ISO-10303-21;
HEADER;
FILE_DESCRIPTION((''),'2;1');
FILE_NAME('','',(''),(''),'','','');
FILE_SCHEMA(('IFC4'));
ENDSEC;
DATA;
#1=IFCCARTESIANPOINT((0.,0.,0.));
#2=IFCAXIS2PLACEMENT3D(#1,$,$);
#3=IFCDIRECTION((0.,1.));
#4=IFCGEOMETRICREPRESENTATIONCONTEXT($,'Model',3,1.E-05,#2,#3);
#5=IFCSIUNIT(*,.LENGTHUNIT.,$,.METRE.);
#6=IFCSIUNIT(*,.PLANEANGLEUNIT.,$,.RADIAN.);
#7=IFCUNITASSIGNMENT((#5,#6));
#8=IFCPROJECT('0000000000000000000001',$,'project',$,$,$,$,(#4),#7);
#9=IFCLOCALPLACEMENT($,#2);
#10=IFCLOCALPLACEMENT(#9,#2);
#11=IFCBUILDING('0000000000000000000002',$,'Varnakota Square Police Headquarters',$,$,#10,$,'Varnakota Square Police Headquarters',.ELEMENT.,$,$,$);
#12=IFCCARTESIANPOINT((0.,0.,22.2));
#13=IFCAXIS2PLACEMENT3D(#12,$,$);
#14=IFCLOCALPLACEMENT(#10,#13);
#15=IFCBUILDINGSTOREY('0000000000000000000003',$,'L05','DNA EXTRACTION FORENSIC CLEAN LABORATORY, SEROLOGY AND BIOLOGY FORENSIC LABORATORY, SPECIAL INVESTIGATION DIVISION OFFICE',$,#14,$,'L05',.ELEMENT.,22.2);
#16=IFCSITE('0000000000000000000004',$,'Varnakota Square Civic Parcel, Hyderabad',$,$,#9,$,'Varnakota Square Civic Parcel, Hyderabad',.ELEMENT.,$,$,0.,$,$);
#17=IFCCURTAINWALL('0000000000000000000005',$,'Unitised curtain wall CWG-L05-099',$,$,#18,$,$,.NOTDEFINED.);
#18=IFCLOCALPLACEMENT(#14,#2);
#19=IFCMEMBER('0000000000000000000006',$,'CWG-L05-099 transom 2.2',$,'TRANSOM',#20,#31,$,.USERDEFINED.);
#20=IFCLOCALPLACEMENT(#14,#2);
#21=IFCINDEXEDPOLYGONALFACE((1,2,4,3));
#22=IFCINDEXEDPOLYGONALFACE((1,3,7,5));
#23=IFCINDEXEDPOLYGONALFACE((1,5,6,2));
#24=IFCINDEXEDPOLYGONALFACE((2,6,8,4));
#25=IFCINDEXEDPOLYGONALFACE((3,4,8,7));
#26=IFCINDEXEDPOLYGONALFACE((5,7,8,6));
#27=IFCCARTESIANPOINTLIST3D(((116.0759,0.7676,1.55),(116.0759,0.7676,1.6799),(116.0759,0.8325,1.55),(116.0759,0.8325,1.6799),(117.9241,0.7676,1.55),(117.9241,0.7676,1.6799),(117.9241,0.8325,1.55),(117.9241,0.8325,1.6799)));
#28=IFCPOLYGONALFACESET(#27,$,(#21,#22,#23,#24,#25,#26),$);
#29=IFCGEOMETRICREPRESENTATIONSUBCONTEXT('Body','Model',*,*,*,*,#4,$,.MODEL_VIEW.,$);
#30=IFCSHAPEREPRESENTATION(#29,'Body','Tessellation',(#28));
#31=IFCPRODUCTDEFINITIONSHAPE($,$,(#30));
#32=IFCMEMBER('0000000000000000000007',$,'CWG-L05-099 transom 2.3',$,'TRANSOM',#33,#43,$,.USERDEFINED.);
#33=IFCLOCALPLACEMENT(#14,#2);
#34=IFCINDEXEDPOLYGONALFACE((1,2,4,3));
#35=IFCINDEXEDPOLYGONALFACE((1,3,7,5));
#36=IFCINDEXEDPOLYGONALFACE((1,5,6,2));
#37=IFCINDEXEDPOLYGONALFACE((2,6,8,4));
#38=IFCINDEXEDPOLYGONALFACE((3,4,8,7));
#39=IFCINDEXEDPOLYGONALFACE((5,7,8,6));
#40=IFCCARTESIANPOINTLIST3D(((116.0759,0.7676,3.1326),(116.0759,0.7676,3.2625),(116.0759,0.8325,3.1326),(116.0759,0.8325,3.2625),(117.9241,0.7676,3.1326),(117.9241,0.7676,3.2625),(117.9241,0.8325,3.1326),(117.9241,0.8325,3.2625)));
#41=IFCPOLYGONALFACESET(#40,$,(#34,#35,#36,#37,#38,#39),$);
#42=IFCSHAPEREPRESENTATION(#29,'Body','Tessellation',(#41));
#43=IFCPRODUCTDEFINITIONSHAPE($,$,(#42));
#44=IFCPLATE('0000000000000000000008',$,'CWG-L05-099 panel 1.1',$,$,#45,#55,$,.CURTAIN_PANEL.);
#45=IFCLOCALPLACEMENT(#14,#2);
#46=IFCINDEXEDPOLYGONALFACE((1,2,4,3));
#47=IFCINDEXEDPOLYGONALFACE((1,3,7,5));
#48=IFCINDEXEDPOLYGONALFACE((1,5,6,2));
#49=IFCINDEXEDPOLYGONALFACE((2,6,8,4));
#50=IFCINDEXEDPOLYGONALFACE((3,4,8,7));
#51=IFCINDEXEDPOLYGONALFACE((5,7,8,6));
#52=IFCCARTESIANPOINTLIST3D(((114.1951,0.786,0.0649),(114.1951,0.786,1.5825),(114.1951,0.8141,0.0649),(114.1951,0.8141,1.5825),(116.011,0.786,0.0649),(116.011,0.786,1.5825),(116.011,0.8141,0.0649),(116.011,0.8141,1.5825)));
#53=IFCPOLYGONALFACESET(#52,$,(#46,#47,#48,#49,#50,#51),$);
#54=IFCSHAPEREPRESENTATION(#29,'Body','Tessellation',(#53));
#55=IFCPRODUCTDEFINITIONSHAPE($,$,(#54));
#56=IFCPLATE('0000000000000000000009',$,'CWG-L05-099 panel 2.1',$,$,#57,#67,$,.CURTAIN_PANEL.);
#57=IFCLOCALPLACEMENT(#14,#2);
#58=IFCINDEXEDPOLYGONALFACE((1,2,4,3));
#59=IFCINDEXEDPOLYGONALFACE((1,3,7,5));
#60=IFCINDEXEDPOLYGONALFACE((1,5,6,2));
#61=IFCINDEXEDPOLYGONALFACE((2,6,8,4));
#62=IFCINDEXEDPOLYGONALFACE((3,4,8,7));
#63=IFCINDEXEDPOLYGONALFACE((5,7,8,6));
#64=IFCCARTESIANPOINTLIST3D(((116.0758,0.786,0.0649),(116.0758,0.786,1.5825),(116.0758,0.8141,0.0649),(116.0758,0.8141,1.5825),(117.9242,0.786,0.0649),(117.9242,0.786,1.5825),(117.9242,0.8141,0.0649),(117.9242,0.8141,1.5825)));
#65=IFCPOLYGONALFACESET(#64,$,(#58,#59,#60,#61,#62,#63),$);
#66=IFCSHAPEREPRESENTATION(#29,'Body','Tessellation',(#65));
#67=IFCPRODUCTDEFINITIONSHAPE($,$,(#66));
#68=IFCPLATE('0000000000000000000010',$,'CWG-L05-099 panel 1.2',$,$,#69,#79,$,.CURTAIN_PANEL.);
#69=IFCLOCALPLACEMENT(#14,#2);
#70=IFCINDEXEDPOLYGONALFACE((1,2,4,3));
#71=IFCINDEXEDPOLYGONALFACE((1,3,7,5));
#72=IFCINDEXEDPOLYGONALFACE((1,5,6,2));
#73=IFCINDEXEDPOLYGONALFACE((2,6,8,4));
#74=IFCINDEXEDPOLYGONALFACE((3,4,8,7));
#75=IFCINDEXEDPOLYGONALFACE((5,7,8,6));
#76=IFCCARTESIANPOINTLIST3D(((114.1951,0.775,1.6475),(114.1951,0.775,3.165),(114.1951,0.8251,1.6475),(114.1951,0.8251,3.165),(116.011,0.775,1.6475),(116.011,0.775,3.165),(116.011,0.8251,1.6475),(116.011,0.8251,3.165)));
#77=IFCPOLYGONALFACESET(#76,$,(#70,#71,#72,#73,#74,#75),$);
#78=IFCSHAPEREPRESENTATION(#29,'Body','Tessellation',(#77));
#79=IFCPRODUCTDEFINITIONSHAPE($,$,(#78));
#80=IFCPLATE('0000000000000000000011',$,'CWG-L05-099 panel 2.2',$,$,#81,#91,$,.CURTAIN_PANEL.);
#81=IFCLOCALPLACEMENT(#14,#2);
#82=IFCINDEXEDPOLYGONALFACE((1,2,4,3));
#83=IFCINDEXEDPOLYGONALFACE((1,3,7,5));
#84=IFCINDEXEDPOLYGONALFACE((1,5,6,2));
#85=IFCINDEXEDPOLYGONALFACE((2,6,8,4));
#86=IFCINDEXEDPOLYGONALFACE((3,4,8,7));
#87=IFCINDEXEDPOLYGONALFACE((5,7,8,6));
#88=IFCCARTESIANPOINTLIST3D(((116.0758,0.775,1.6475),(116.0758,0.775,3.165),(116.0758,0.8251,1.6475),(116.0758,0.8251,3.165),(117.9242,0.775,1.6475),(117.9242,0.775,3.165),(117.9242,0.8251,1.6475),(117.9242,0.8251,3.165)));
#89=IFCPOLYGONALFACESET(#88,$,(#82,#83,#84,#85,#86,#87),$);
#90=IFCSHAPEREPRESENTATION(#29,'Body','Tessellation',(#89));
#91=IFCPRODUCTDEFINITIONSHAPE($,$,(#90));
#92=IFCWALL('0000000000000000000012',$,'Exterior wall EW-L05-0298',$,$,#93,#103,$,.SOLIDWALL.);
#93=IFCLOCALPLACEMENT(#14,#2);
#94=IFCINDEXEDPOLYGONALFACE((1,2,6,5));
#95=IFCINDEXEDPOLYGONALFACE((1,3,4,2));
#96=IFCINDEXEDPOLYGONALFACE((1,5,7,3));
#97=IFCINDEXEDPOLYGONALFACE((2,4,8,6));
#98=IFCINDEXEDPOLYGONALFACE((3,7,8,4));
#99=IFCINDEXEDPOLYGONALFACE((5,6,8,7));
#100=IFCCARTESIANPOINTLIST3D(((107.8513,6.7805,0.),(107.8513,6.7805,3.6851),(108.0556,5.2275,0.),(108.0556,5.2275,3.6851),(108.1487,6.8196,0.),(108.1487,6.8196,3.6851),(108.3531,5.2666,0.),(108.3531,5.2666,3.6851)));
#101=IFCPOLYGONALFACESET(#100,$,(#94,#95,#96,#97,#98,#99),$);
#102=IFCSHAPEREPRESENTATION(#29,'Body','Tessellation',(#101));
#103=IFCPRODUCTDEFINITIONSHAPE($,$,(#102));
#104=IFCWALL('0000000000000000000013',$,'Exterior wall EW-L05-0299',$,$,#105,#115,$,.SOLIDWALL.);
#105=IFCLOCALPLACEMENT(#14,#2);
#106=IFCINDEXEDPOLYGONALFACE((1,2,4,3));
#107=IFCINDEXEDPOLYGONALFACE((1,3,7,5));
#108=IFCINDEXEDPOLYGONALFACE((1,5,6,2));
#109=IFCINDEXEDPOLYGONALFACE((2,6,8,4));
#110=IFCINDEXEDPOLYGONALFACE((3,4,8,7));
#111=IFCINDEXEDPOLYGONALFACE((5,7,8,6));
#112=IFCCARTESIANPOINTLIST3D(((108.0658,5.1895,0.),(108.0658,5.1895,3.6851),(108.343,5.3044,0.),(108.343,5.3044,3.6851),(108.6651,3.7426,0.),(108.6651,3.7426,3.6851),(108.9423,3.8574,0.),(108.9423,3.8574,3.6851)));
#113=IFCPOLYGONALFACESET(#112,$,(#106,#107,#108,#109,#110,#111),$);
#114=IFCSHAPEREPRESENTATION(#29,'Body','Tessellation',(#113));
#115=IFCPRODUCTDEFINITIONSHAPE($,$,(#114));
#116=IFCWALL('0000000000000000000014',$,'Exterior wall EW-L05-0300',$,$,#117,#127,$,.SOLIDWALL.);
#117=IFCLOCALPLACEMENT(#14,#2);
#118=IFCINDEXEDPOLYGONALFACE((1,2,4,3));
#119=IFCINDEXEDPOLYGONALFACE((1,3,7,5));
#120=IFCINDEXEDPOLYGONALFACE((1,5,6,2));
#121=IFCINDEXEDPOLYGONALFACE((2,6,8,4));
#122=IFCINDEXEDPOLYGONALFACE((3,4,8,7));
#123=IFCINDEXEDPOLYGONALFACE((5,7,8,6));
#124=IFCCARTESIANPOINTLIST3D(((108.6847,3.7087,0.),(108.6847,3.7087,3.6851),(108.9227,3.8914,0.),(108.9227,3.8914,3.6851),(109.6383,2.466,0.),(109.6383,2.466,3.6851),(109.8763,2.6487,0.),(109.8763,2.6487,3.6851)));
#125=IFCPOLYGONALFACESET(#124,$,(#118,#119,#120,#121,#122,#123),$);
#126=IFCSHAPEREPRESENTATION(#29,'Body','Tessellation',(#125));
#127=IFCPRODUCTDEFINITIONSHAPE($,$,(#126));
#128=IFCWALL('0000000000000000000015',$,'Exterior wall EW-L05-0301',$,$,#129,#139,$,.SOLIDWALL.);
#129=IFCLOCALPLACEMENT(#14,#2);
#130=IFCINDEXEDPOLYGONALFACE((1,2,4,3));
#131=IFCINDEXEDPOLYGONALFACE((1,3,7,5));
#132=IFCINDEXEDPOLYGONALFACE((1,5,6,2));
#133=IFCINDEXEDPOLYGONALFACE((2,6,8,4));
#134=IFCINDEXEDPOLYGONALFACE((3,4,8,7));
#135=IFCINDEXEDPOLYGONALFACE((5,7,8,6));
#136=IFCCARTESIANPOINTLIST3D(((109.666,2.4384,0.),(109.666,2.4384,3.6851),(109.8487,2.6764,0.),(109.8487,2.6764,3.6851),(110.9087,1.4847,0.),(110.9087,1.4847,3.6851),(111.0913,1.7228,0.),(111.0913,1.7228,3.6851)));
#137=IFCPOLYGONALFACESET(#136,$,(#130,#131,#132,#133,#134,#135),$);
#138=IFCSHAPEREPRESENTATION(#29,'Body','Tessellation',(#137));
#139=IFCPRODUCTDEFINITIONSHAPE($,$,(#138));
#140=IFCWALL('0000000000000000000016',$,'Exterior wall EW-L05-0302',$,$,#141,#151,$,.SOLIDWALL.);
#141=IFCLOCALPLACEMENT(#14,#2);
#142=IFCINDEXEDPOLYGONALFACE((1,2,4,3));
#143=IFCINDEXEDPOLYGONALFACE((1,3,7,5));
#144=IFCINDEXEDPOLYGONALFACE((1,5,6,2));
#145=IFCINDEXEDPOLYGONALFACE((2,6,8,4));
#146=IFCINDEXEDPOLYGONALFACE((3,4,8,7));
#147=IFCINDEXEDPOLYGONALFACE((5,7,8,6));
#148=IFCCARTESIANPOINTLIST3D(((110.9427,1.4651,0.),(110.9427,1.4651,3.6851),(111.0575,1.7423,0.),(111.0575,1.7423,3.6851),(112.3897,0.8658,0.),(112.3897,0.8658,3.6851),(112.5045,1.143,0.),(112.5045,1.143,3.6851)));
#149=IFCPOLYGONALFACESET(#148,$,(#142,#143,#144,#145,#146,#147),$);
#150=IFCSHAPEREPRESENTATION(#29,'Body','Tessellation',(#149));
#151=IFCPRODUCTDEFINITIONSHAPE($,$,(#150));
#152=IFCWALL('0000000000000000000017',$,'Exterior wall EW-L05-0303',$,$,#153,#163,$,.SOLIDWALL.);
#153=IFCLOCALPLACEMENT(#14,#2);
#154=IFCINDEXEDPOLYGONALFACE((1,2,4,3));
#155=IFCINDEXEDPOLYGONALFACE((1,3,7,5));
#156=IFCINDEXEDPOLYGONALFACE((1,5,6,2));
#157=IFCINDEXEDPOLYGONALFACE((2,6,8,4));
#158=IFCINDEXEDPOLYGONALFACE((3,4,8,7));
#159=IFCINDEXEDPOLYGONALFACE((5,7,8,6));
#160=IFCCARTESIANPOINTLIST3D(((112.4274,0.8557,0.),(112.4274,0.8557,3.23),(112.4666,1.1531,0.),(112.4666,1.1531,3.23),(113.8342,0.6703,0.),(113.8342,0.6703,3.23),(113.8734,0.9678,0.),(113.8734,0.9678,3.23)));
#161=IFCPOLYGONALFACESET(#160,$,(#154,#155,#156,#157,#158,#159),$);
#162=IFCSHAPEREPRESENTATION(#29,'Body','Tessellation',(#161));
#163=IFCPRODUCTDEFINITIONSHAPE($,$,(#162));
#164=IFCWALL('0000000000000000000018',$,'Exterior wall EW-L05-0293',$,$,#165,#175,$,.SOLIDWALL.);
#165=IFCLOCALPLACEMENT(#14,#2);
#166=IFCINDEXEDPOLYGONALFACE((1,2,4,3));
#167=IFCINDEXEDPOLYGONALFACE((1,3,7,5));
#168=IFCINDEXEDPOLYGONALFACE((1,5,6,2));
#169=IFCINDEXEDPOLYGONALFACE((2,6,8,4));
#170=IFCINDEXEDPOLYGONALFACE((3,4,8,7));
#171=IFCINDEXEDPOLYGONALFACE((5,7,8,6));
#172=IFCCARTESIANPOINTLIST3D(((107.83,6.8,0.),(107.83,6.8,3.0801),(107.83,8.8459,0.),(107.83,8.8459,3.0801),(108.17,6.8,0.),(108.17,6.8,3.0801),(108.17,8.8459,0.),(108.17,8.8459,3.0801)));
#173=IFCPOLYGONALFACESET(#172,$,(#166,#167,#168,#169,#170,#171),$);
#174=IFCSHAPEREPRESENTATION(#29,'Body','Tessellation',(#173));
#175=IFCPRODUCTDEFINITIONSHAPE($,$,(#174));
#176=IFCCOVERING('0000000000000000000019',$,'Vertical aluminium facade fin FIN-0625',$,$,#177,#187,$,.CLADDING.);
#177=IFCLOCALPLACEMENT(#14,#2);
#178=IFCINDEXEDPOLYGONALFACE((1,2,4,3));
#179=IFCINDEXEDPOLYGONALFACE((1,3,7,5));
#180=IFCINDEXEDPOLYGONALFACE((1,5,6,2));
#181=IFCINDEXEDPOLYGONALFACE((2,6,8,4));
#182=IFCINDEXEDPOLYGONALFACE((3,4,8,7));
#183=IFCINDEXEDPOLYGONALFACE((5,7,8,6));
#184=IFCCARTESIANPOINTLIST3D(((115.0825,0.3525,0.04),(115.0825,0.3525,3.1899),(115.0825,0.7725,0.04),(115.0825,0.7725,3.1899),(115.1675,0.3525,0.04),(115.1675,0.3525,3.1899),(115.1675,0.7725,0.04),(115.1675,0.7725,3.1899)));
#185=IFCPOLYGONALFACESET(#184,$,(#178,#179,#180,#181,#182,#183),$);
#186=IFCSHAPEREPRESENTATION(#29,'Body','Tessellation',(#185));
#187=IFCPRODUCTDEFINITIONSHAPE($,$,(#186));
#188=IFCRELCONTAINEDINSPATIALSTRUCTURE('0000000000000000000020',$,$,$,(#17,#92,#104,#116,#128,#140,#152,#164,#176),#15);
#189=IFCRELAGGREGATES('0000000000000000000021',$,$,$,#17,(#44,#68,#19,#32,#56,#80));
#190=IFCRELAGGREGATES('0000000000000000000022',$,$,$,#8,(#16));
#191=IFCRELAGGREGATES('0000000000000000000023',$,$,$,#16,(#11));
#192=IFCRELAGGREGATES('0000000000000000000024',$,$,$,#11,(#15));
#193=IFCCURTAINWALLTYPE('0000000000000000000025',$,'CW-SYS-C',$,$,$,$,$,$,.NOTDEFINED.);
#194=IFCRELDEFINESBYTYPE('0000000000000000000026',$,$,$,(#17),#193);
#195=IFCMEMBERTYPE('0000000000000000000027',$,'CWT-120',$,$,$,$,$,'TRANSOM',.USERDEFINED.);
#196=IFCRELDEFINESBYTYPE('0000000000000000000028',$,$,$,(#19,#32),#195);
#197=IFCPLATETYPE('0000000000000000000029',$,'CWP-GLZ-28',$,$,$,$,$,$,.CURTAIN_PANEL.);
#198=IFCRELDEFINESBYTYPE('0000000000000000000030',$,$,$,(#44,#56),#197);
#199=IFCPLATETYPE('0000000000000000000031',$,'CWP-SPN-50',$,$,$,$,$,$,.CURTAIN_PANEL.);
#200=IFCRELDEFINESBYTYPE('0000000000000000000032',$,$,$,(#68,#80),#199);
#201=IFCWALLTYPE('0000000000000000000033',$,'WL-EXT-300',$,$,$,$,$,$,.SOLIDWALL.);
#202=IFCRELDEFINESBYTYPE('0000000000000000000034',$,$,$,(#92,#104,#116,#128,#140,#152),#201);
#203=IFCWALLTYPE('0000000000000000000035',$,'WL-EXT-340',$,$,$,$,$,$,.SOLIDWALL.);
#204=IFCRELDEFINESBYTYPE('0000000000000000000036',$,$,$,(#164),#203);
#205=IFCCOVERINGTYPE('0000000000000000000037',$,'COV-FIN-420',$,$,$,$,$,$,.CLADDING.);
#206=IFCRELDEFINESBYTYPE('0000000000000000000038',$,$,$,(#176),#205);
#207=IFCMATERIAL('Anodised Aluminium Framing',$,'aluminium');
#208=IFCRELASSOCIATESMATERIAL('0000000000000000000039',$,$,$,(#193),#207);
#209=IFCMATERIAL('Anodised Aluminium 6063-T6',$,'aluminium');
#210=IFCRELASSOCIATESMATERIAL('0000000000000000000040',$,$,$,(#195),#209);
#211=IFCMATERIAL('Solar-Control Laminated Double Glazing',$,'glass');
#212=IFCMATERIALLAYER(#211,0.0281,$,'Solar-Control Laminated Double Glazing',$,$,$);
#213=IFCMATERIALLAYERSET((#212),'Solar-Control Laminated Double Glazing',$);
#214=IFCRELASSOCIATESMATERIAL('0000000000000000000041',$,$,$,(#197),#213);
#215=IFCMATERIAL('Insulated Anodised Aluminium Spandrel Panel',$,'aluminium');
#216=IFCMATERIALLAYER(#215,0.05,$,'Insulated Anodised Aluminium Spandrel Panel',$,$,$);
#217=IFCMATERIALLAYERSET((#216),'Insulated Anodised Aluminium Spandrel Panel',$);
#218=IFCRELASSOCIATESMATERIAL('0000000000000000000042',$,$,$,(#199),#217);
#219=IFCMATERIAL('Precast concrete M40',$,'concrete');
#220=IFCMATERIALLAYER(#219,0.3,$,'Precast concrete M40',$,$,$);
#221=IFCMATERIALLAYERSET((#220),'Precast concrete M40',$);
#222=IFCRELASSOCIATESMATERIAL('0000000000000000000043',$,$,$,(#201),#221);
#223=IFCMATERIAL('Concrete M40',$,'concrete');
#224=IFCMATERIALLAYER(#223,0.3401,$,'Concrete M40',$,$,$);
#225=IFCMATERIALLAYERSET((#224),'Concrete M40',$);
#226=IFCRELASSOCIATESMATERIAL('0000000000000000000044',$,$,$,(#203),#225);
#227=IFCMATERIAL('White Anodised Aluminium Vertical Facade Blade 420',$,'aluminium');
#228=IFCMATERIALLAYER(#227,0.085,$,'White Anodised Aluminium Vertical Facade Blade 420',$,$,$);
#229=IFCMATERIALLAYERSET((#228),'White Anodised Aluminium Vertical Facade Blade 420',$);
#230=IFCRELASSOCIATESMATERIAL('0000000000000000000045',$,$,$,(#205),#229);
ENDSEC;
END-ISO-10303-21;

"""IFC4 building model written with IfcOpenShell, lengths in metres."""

from ifc_helpers import new_model, si_unit, direction, frame, frame_2d, origin, origin_2d, place, context, subcontext, project, spatial, rectangle, extrude, material, layer, layer_set, material_profile, profile_set, type_object, element, aggregate, save


model = new_model("IFC4")

# Units and contexts
model_context = context("Model", 3, precision=1e-05, world=origin(), true_north=direction((0.0, 1.0)))
body_context = subcontext(model_context, "Body", "Model", "MODEL_VIEW")
ifc_project = project(units=[si_unit("LENGTHUNIT", "METRE"), si_unit("PLANEANGLEUNIT", "RADIAN")], contexts=[model_context])

# Site, building, storey
site_placement = place(None, origin())
site = spatial("IfcSite", under=ifc_project, at=site_placement, Name="Varnakota Square Civic Parcel, Hyderabad", LongName="Varnakota Square Civic Parcel, Hyderabad", CompositionType="ELEMENT", RefElevation=0.0)
building_placement = place(site_placement, origin())
building = spatial("IfcBuilding", under=site, at=building_placement, Name="Varnakota Square Police Headquarters", LongName="Varnakota Square Police Headquarters", CompositionType="ELEMENT")
storey_placement = place(building_placement, frame((0.0, 0.0, 22.2)))
storey = spatial("IfcBuildingStorey", under=building, at=storey_placement, Name="L05", Description="DNA EXTRACTION FORENSIC CLEAN LABORATORY, SEROLOGY AND BIOLOGY FORENSIC LABORATORY, SPECIAL INVESTIGATION DIVISION OFFICE", LongName="L05", CompositionType="ELEMENT", Elevation=22.2)

# Curtain wall, members, plates
ifc_material_1 = material(Name="Anodised Aluminium Framing", Category="aluminium")
curtain_wall_type = type_object("IfcCurtainWallType", Name="CW-SYS-C", PredefinedType="NOTDEFINED", material=ifc_material_1)
curtain_wall_placement = place(storey_placement, origin())
curtain_wall = element("IfcCurtainWall", 1, at=curtain_wall_placement, inside=storey, type_object=curtain_wall_type, Name="Unitised curtain wall CWG-L05-099", PredefinedType="NOTDEFINED")
ifc_material_2 = material(Name="Anodised Aluminium 6063-T6", Category="aluminium")
ifc_material_profile_1 = material_profile(ifc_material_2, rectangle(XDim=0.0649, YDim=0.1299, at=origin_2d()), Name="ALU TRANSOM 65x130")
ifc_profile_set_1 = profile_set([ifc_material_profile_1], Name="Anodised Aluminium 6063-T6")
member_type_1 = type_object("IfcMemberType", Name="CWT-120", ElementType="TRANSOM", PredefinedType="USERDEFINED", material=ifc_profile_set_1)
member_1_placement = place(storey_placement, frame((116.0759, 0.8, 1.615), z_axis=(1.0, 0.0, 0.0), x_axis=(0.0, 1.0, 0.0)))
member_1 = element("IfcMember", 2, at=member_1_placement, type_object=member_type_1, Name="CWG-L05-099 transom 2.2", ObjectType="TRANSOM", PredefinedType="USERDEFINED", context=body_context, shape_type="SweptSolid", body=[
    extrude(rectangle(XDim=0.0649, YDim=0.1299, at=origin_2d()), origin(), (0.0, 0.0, 1.0), 1.8481),
])
member_2_placement = place(storey_placement, frame((116.0759, 0.8, 3.1975), z_axis=(1.0, 0.0, 0.0), x_axis=(0.0, 1.0, 0.0)))
member_2 = element("IfcMember", 3, at=member_2_placement, type_object=member_type_1, Name="CWG-L05-099 transom 2.3", ObjectType="TRANSOM", PredefinedType="USERDEFINED", context=body_context, shape_type="SweptSolid", body=[
    extrude(rectangle(XDim=0.0649, YDim=0.1299, at=origin_2d()), origin(), (0.0, 0.0, 1.0), 1.8481),
])
ifc_material_3 = material(Name="Solar-Control Laminated Double Glazing", Category="glass")
ifc_layer_1 = layer(ifc_material_3, 0.0281, Name="Solar-Control Laminated Double Glazing")
ifc_layer_set_1 = layer_set([ifc_layer_1], Name="Solar-Control Laminated Double Glazing")
plate_type_1 = type_object("IfcPlateType", Name="CWP-GLZ-28", PredefinedType="CURTAIN_PANEL", material=ifc_layer_set_1)
plate_1_placement = place(storey_placement, frame((115.103, 0.8, 0.0649), z_axis=(0.0, 0.0, 1.0), x_axis=(1.0, 0.0, 0.0)))
plate_1 = element("IfcPlate", 4, at=plate_1_placement, type_object=plate_type_1, Name="CWG-L05-099 panel 1.1", PredefinedType="CURTAIN_PANEL", context=body_context, shape_type="SweptSolid", body=[
    extrude(rectangle(XDim=1.8159, YDim=0.0281, at=origin_2d()), origin(), (0.0, 0.0, 1.0), 1.5176),
])
plate_2_placement = place(storey_placement, frame((117.0, 0.8, 0.0649), z_axis=(0.0, 0.0, 1.0), x_axis=(1.0, 0.0, 0.0)))
plate_2 = element("IfcPlate", 5, at=plate_2_placement, type_object=plate_type_1, Name="CWG-L05-099 panel 2.1", PredefinedType="CURTAIN_PANEL", context=body_context, shape_type="SweptSolid", body=[
    extrude(rectangle(XDim=1.8484, YDim=0.0281, at=origin_2d()), origin(), (0.0, 0.0, 1.0), 1.5176),
])
ifc_material_4 = material(Name="Insulated Anodised Aluminium Spandrel Panel", Category="aluminium")
ifc_layer_2 = layer(ifc_material_4, 0.05, Name="Insulated Anodised Aluminium Spandrel Panel")
ifc_layer_set_2 = layer_set([ifc_layer_2], Name="Insulated Anodised Aluminium Spandrel Panel")
plate_type_2 = type_object("IfcPlateType", Name="CWP-SPN-50", PredefinedType="CURTAIN_PANEL", material=ifc_layer_set_2)
plate_3_placement = place(storey_placement, frame((115.103, 0.8, 1.6475), z_axis=(0.0, 0.0, 1.0), x_axis=(1.0, 0.0, 0.0)))
plate_3 = element("IfcPlate", 6, at=plate_3_placement, type_object=plate_type_2, Name="CWG-L05-099 panel 1.2", PredefinedType="CURTAIN_PANEL", context=body_context, shape_type="SweptSolid", body=[
    extrude(rectangle(XDim=1.8159, YDim=0.05, at=origin_2d()), origin(), (0.0, 0.0, 1.0), 1.5176),
])
plate_4_placement = place(storey_placement, frame((117.0, 0.8, 1.6475), z_axis=(0.0, 0.0, 1.0), x_axis=(1.0, 0.0, 0.0)))
plate_4 = element("IfcPlate", 7, at=plate_4_placement, type_object=plate_type_2, Name="CWG-L05-099 panel 2.2", PredefinedType="CURTAIN_PANEL", context=body_context, shape_type="SweptSolid", body=[
    extrude(rectangle(XDim=1.8484, YDim=0.05, at=origin_2d()), origin(), (0.0, 0.0, 1.0), 1.5176),
])
aggregate(curtain_wall, [plate_1, plate_3, member_1, member_2, plate_2, plate_4])

# Walls
ifc_material_5 = material(Name="Precast concrete M40", Category="concrete")
ifc_layer_3 = layer(ifc_material_5, 0.3, Name="Precast concrete M40")
ifc_layer_set_3 = layer_set([ifc_layer_3], Name="Precast concrete M40")
wall_type_1 = type_object("IfcWallType", Name="WL-EXT-300", PredefinedType="SOLIDWALL", material=ifc_layer_set_3)
wall_1_placement = place(storey_placement, frame((108.0, 6.8, 0.0), z_axis=(0.0, 0.0, 1.0), x_axis=(0.130459, -0.991454, 0.0)))
element("IfcWall", 8, at=wall_1_placement, inside=storey, type_object=wall_type_1, Name="Exterior wall EW-L05-0298", PredefinedType="SOLIDWALL", context=body_context, shape_type="SweptSolid", body=[
    extrude(rectangle(XDim=1.5664, YDim=0.3, at=frame_2d((0.7832, 0.0))), origin(), (0.0, 0.0, 1.0), 3.6851),
])
wall_2_placement = place(storey_placement, frame((108.2043, 5.2471, 0.0), z_axis=(0.0, 0.0, 1.0), x_axis=(0.382678, -0.923882, 0.0)))
element("IfcWall", 9, at=wall_2_placement, inside=storey, type_object=wall_type_1, Name="Exterior wall EW-L05-0299", PredefinedType="SOLIDWALL", context=body_context, shape_type="SweptSolid", body=[
    extrude(rectangle(XDim=1.5662, YDim=0.3, at=frame_2d((0.7832, 0.0))), origin(), (0.0, 0.0, 1.0), 3.6851),
])
for number, where, z_axis, x_axis, name in (
    (10, (108.8037, 3.8, 0.0), (0.0, 0.0, 1.0), (0.608791, -0.79333, 0.0), "Exterior wall EW-L05-0300"),
    (11, (109.7573, 2.5574, 0.0), (0.0, 0.0, 1.0), (0.79333, -0.608791, 0.0), "Exterior wall EW-L05-0301"),
):
    element("IfcWall", number, at=place(storey_placement, frame(where, z_axis=z_axis, x_axis=x_axis)), inside=storey, type_object=wall_type_1, Name=name, PredefinedType="SOLIDWALL", context=body_context, shape_type="SweptSolid", body=[
        extrude(rectangle(XDim=1.5664, YDim=0.3, at=frame_2d((0.7832, 0.0))), origin(), (0.0, 0.0, 1.0), 3.6851),
    ])
wall_3_placement = place(storey_placement, frame((111.0, 1.6038, 0.0), z_axis=(0.0, 0.0, 1.0), x_axis=(0.923882, -0.382678, 0.0)))
element("IfcWall", 12, at=wall_3_placement, inside=storey, type_object=wall_type_1, Name="Exterior wall EW-L05-0302", PredefinedType="SOLIDWALL", context=body_context, shape_type="SweptSolid", body=[
    extrude(rectangle(XDim=1.5662, YDim=0.3, at=frame_2d((0.7832, 0.0))), origin(), (0.0, 0.0, 1.0), 3.6851),
])
wall_4_placement = place(storey_placement, frame((112.447, 1.0044, 0.0), z_axis=(0.0, 0.0, 1.0), x_axis=(0.991436, -0.130597, 0.0)))
element("IfcWall", 13, at=wall_4_placement, inside=storey, type_object=wall_type_1, Name="Exterior wall EW-L05-0303", PredefinedType="SOLIDWALL", context=body_context, shape_type="SweptSolid", body=[
    extrude(rectangle(XDim=1.4189, YDim=0.3, at=frame_2d((0.7095, 0.0))), origin(), (0.0, 0.0, 1.0), 3.23),
])
ifc_material_6 = material(Name="Concrete M40", Category="concrete")
ifc_layer_4 = layer(ifc_material_6, 0.3401, Name="Concrete M40")
ifc_layer_set_4 = layer_set([ifc_layer_4], Name="Concrete M40")
wall_type_2 = type_object("IfcWallType", Name="WL-EXT-340", PredefinedType="SOLIDWALL", material=ifc_layer_set_4)
wall_5_placement = place(storey_placement, frame((108.0, 6.8, 0.0), z_axis=(0.0, 0.0, 1.0), x_axis=(0.0, 1.0, 0.0)))
element("IfcWall", 14, at=wall_5_placement, inside=storey, type_object=wall_type_2, Name="Exterior wall EW-L05-0293", PredefinedType="SOLIDWALL", context=body_context, shape_type="SweptSolid", body=[
    extrude(rectangle(XDim=2.0459, YDim=0.3401, at=frame_2d((1.0229, 0.0))), origin(), (0.0, 0.0, 1.0), 3.0801),
])

# Covering
ifc_material_7 = material(Name="White Anodised Aluminium Vertical Facade Blade 420", Category="aluminium")
ifc_layer_5 = layer(ifc_material_7, 0.085, Name="White Anodised Aluminium Vertical Facade Blade 420")
ifc_layer_set_5 = layer_set([ifc_layer_5], Name="White Anodised Aluminium Vertical Facade Blade 420")
covering_type_1 = type_object("IfcCoveringType", Name="COV-FIN-420", PredefinedType="CLADDING", material=ifc_layer_set_5)
covering_1_placement = place(storey_placement, frame((115.125, 0.5625, 0.04), z_axis=(0.0, 0.0, 1.0), x_axis=(1.0, 0.0, 0.0)))
element("IfcCovering", 15, at=covering_1_placement, inside=storey, type_object=covering_type_1, Name="Vertical aluminium facade fin FIN-0625", PredefinedType="CLADDING", context=body_context, shape_type="SweptSolid", body=[
    extrude(rectangle(XDim=0.085, YDim=0.4199, at=origin_2d()), origin(), (0.0, 0.0, 1.0), 3.1499),
])

save(model, "model.ifc")
